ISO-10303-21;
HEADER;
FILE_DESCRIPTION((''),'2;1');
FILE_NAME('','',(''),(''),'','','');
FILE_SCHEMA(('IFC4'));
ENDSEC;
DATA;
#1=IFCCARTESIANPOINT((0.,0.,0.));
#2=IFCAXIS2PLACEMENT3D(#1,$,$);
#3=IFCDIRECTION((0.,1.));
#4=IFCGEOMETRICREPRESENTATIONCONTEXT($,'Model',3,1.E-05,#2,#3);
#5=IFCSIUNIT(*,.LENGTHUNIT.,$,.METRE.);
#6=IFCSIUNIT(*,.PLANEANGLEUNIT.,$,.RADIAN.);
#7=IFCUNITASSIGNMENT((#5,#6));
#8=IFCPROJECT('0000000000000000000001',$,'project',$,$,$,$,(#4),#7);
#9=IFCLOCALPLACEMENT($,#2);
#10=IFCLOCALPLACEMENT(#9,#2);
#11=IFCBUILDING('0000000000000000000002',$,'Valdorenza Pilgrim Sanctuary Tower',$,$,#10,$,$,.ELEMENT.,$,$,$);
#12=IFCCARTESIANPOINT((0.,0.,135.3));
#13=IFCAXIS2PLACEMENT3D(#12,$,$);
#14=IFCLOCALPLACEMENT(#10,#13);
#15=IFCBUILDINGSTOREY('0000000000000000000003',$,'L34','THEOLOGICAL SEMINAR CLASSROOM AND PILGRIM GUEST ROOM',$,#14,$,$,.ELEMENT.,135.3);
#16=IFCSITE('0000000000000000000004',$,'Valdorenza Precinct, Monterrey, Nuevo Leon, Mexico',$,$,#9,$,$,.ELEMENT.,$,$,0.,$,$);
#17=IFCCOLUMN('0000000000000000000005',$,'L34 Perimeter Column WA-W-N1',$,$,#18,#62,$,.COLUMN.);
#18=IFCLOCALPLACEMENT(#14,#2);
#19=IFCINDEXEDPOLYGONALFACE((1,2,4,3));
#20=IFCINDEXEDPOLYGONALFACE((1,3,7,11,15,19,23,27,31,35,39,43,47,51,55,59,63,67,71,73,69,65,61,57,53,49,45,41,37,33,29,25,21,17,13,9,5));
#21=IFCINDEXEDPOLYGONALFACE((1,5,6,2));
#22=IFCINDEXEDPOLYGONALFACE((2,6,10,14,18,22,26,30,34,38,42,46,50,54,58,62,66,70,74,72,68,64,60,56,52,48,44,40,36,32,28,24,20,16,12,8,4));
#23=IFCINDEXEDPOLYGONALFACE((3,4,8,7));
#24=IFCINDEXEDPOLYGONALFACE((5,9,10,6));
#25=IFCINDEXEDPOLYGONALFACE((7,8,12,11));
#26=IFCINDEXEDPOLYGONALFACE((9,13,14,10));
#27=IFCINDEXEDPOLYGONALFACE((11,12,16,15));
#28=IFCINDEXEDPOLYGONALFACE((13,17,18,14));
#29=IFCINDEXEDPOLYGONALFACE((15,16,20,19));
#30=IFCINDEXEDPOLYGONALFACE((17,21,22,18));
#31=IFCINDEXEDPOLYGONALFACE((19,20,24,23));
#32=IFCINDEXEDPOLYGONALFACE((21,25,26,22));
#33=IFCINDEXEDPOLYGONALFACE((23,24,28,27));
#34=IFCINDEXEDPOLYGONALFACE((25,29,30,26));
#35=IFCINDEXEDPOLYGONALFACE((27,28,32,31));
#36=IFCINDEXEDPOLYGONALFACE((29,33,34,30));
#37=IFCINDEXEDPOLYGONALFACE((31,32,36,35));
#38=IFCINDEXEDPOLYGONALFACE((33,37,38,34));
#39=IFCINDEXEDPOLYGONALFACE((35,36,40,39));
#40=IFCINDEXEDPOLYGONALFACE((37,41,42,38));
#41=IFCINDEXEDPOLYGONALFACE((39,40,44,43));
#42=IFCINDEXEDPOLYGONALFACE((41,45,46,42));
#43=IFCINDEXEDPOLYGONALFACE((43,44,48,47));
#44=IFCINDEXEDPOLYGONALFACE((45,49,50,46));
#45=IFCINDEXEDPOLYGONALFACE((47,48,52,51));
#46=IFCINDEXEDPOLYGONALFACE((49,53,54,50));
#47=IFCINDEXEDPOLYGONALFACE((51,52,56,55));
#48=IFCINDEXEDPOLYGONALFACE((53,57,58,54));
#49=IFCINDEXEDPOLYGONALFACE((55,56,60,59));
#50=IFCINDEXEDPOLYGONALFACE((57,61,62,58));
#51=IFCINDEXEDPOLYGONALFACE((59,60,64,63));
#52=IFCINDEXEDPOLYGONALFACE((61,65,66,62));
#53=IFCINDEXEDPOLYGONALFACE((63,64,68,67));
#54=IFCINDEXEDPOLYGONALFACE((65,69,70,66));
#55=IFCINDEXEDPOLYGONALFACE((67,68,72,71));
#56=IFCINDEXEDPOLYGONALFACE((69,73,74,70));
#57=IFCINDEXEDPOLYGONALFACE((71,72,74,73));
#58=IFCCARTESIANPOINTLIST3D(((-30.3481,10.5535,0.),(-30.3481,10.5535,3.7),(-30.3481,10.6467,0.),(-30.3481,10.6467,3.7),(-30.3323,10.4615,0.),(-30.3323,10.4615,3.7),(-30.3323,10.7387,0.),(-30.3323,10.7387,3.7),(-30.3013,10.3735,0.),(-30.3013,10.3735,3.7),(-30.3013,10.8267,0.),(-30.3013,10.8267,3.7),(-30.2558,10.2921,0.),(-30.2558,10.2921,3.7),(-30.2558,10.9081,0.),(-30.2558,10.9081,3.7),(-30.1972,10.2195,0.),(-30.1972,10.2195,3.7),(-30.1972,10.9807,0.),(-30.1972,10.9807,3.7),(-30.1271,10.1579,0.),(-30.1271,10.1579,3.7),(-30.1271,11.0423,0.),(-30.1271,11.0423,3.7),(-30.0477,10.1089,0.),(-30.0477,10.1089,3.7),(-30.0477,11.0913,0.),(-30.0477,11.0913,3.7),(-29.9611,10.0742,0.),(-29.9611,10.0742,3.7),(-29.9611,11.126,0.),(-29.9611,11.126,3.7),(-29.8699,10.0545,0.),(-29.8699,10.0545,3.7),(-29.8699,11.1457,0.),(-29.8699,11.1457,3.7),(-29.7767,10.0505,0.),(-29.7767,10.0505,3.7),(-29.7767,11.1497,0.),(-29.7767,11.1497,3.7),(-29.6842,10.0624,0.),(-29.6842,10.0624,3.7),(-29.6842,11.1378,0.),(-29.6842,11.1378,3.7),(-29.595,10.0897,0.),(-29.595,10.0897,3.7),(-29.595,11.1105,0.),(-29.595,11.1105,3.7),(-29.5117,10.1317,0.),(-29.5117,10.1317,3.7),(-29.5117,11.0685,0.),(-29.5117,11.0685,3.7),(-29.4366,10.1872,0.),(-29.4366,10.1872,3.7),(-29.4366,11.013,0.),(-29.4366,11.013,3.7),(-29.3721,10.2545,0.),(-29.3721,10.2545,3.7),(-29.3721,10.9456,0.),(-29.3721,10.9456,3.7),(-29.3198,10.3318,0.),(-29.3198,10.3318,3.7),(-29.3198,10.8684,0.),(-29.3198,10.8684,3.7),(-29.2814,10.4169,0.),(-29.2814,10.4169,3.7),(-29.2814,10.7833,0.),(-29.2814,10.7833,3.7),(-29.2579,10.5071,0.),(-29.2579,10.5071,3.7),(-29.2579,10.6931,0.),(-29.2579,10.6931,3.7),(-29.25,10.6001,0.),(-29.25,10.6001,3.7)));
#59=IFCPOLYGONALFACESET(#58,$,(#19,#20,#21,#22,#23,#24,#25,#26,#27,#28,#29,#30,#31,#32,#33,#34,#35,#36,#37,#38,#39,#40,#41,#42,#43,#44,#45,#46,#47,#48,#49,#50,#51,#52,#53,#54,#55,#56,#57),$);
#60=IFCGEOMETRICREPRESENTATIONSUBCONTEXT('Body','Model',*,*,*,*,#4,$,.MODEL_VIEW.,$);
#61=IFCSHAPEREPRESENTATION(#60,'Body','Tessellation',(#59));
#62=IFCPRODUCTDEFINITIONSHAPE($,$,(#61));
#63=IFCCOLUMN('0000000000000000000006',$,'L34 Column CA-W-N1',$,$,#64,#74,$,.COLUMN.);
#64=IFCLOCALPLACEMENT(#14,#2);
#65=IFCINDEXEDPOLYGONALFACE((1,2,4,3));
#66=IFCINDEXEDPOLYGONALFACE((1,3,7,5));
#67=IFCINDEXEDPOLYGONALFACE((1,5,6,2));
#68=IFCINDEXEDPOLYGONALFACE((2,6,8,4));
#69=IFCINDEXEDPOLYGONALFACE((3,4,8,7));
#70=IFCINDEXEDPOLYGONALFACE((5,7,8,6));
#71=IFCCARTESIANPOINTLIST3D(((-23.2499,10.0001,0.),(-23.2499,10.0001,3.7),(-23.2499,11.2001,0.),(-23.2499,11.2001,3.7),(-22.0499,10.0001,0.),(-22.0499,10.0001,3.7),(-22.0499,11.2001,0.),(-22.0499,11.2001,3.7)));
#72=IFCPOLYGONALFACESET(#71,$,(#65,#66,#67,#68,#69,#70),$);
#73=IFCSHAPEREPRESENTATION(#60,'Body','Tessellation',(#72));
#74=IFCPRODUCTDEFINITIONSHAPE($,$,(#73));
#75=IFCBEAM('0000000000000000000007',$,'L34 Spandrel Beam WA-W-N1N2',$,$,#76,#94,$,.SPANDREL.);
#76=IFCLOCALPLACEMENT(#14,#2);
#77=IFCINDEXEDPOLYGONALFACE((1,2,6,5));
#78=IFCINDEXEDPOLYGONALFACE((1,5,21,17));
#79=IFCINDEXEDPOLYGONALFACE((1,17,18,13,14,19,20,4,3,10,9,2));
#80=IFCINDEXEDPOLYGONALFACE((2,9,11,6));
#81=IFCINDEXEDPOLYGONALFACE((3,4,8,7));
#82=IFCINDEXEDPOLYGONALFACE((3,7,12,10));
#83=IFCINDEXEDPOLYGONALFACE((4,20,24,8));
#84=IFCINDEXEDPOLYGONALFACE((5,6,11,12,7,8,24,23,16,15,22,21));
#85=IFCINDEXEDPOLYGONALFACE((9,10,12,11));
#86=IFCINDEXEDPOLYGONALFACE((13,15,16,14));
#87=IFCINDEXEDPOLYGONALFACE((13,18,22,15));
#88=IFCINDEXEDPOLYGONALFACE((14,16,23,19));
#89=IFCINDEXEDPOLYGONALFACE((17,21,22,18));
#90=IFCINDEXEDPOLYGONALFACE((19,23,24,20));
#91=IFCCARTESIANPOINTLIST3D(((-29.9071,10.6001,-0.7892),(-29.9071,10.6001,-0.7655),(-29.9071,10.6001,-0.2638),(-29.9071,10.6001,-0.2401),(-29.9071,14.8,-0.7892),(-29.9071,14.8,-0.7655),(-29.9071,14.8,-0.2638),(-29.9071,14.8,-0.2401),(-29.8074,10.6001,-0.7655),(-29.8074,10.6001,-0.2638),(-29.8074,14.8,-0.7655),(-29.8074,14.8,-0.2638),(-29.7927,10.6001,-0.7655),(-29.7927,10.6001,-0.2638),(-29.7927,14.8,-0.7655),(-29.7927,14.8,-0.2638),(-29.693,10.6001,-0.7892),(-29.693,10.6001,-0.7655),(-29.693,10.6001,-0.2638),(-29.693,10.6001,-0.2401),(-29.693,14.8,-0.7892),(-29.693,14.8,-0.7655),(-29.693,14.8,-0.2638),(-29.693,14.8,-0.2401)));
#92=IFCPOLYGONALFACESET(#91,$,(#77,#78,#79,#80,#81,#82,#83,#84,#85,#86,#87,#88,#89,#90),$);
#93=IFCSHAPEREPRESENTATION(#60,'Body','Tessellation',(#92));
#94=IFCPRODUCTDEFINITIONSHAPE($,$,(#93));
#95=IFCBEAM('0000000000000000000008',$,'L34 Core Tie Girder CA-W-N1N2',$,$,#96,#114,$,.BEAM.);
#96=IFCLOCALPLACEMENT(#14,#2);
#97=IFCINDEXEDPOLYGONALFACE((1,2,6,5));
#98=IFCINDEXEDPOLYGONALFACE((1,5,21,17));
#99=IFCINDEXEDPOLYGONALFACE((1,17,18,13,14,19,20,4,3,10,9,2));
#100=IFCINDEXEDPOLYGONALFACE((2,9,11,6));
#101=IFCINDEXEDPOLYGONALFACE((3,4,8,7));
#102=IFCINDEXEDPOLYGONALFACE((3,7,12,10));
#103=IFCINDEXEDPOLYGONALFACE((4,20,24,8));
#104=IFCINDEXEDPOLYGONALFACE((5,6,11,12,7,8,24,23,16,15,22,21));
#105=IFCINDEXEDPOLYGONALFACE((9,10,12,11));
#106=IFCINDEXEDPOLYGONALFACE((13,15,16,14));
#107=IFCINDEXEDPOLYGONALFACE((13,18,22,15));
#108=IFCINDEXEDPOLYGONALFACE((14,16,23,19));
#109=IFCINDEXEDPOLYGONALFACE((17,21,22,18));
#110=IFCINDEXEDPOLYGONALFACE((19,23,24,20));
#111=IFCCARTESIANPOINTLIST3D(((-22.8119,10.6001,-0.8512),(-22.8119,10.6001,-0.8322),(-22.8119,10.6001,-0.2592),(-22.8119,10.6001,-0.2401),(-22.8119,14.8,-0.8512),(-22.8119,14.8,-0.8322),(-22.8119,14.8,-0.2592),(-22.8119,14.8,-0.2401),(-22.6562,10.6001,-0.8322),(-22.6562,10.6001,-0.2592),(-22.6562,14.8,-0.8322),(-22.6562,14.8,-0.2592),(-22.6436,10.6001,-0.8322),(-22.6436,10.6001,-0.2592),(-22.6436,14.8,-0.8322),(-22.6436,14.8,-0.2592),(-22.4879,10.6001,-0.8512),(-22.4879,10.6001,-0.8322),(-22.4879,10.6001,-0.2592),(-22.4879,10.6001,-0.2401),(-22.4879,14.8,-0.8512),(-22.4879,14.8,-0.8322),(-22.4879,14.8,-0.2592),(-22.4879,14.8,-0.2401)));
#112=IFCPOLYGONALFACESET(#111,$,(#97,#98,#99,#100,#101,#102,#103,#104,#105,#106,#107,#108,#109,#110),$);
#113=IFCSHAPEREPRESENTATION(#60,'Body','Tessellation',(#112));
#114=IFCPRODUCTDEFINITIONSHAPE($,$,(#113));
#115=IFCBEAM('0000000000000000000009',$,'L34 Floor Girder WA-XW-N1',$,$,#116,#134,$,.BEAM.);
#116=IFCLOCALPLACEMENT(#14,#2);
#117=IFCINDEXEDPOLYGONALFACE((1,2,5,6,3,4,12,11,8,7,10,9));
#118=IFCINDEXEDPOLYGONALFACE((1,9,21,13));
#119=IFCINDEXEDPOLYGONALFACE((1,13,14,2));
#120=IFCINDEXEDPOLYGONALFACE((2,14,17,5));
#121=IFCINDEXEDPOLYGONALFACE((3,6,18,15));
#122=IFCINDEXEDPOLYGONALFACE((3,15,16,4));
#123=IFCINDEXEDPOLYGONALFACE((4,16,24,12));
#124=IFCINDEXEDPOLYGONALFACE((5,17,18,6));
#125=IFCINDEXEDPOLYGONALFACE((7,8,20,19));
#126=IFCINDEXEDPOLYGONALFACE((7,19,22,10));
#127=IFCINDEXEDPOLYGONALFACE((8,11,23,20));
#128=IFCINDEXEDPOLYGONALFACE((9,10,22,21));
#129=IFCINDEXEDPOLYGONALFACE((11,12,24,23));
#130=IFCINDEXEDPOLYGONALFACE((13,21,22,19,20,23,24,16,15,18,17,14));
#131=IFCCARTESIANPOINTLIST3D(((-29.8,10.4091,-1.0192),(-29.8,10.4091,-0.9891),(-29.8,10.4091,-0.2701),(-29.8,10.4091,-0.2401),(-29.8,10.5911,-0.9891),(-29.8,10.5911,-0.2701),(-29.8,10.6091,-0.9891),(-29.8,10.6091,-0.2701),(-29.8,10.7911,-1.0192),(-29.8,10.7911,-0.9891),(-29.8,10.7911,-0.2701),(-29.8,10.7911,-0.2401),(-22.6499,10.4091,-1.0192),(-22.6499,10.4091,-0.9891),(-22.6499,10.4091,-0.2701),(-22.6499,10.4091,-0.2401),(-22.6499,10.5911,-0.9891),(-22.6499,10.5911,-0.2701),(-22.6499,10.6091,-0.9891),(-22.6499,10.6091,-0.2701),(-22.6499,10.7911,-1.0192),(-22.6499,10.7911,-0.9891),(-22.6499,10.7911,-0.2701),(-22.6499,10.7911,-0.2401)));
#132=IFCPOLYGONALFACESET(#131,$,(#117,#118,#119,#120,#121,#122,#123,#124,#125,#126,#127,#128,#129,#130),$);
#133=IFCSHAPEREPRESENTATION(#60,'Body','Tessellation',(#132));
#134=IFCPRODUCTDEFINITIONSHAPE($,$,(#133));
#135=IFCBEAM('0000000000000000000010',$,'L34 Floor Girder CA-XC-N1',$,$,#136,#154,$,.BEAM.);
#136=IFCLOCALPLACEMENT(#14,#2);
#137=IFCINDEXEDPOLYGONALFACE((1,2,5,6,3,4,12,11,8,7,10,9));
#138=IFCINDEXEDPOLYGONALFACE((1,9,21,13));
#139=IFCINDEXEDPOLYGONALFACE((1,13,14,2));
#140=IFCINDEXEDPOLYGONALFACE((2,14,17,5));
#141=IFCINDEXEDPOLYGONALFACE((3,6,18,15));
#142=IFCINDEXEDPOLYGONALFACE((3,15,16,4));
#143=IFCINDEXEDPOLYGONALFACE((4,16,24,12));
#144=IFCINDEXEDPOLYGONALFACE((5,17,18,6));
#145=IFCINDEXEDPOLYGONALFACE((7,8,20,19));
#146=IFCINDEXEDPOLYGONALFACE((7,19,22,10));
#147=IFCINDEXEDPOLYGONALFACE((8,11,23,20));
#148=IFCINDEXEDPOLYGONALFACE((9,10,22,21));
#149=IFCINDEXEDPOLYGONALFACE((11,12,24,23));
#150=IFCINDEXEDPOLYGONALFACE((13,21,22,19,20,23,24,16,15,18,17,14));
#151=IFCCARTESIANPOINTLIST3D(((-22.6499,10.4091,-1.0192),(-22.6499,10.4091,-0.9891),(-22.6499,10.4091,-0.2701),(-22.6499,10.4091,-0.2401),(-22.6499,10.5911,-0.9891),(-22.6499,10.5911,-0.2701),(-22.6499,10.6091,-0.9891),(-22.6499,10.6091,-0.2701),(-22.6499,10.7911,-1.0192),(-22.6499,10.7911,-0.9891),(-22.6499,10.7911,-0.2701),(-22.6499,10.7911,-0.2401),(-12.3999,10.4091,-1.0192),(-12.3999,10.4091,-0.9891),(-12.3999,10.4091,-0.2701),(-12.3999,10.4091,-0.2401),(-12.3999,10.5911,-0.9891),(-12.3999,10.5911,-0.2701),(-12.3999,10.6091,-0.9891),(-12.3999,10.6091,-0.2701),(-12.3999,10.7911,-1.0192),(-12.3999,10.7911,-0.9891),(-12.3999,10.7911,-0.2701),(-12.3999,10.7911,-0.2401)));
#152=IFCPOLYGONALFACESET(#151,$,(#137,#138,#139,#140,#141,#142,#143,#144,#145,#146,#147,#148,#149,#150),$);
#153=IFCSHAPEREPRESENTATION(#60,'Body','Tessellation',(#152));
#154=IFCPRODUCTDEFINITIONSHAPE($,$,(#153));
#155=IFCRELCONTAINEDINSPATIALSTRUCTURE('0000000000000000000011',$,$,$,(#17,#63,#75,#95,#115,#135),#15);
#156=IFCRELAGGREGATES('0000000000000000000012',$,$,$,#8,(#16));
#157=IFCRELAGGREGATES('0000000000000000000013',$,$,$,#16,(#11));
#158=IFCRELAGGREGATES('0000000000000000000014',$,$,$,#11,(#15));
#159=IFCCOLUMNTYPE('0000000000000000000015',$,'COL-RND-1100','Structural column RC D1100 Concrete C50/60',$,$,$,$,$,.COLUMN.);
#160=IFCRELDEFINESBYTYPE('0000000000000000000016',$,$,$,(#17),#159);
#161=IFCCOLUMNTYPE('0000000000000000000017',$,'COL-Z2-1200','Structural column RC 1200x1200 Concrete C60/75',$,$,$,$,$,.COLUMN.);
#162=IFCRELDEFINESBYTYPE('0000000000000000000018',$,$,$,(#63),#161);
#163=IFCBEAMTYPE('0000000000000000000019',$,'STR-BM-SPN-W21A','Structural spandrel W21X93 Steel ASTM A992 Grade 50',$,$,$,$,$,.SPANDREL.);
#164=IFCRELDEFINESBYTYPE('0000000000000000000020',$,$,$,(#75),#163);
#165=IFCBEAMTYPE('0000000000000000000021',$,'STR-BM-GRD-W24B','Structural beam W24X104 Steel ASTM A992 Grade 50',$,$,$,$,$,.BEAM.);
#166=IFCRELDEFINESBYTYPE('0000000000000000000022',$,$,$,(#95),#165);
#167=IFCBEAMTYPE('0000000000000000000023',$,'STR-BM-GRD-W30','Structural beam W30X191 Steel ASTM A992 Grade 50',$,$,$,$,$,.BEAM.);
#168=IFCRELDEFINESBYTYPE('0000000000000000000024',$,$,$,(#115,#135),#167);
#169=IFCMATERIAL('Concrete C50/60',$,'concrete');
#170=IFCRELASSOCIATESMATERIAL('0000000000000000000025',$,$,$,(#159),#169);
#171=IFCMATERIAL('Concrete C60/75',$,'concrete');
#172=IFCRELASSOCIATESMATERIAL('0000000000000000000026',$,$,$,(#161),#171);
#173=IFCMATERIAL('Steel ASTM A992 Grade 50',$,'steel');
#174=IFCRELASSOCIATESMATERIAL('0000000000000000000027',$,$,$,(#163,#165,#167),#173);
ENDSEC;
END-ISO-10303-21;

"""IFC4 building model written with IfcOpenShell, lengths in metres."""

from ifc_helpers import new_model, si_unit, direction, frame, origin, origin_2d, place, context, subcontext, project, spatial, rectangle, circle, i_section, extrude, source, transform, mapped, material, material_profile, profile_set, type_object, element, save


model = new_model("IFC4")

# Units and contexts
model_context = context("Model", 3, precision=1e-05, world=origin(), true_north=direction((0.0, 1.0)))
body_context = subcontext(model_context, "Body", "Model", "MODEL_VIEW")
ifc_project = project(units=[si_unit("LENGTHUNIT", "METRE"), si_unit("PLANEANGLEUNIT", "RADIAN")], contexts=[model_context])

# Site, building, storey
site_placement = place(None, origin())
site = spatial("IfcSite", under=ifc_project, at=site_placement, Name="Valdorenza Precinct, Monterrey, Nuevo Leon, Mexico", CompositionType="ELEMENT", RefElevation=0.0)
building_placement = place(site_placement, origin())
building = spatial("IfcBuilding", under=site, at=building_placement, Name="Valdorenza Pilgrim Sanctuary Tower", CompositionType="ELEMENT")
storey_placement = place(building_placement, frame((0.0, 0.0, 135.3)))
storey = spatial("IfcBuildingStorey", under=building, at=storey_placement, Name="L34", Description="THEOLOGICAL SEMINAR CLASSROOM AND PILGRIM GUEST ROOM", CompositionType="ELEMENT", Elevation=135.3)

# Columns
ifc_material_1 = material(Name="Concrete C50/60", Category="concrete")
ifc_material_profile_1 = material_profile(ifc_material_1, circle(Radius=0.55, at=origin_2d()), Name="RC D1100")
ifc_profile_set_1 = profile_set([ifc_material_profile_1], Name="Concrete C50/60")
column_type_1 = type_object("IfcColumnType", Name="COL-RND-1100", Description="Structural column RC D1100 Concrete C50/60", PredefinedType="COLUMN", material=ifc_profile_set_1)
shared_shape_1 = source(origin(), body_context, "Body", "SweptSolid", [
    extrude(circle(Radius=0.55, at=origin_2d()), origin(), (0.0, 0.0, 1.0), 3.7),
])
column_1_placement = place(storey_placement, frame((-29.8, 10.6001, 0.0), z_axis=(0.0, 0.0, 1.0), x_axis=(1.0, 0.0, 0.0)))
element("IfcColumn", 1, at=column_1_placement, inside=storey, type_object=column_type_1, Name="L34 Perimeter Column WA-W-N1", PredefinedType="COLUMN", context=body_context, shape_type="MappedRepresentation", body=[
    mapped(shared_shape_1, transform((0.0, 0.0, 0.0), x_axis=(1.0, 0.0, 0.0), y_axis=(0.0, 1.0, 0.0), z_axis=(0.0, 0.0, 1.0), scale=1.0)),
])
ifc_material_2 = material(Name="Concrete C60/75", Category="concrete")
ifc_material_profile_2 = material_profile(ifc_material_2, rectangle(XDim=1.2, YDim=1.2, at=origin_2d()), Name="RC 1200x1200")
ifc_profile_set_2 = profile_set([ifc_material_profile_2], Name="Concrete C60/75")
column_type_2 = type_object("IfcColumnType", Name="COL-Z2-1200", Description="Structural column RC 1200x1200 Concrete C60/75", PredefinedType="COLUMN", material=ifc_profile_set_2)
shared_shape_2 = source(origin(), body_context, "Body", "SweptSolid", [
    extrude(rectangle(XDim=1.2, YDim=1.2, at=origin_2d()), origin(), (0.0, 0.0, 1.0), 3.7),
])
column_2_placement = place(storey_placement, frame((-22.6499, 10.6001, 0.0), z_axis=(0.0, 0.0, 1.0), x_axis=(1.0, 0.0, 0.0)))
element("IfcColumn", 2, at=column_2_placement, inside=storey, type_object=column_type_2, Name="L34 Column CA-W-N1", PredefinedType="COLUMN", context=body_context, shape_type="MappedRepresentation", body=[
    mapped(shared_shape_2, transform((0.0, 0.0, 0.0), x_axis=(1.0, 0.0, 0.0), y_axis=(0.0, 1.0, 0.0), z_axis=(0.0, 0.0, 1.0), scale=1.0)),
])

# Beams
ifc_material_3 = material(Name="Steel ASTM A992 Grade 50", Category="steel")
ifc_material_profile_3 = material_profile(ifc_material_3, i_section(OverallWidth=0.2141, OverallDepth=0.5491, WebThickness=0.0146, FlangeThickness=0.0237, at=origin_2d()), Name="W21X93")
ifc_profile_set_3 = profile_set([ifc_material_profile_3], Name="Steel ASTM A992 Grade 50")
beam_type_1 = type_object("IfcBeamType", Name="STR-BM-SPN-W21A", Description="Structural spandrel W21X93 Steel ASTM A992 Grade 50", PredefinedType="SPANDREL", material=ifc_profile_set_3)
shared_shape_3 = source(origin(), body_context, "Body", "SweptSolid", [
    extrude(i_section(OverallWidth=0.2141, OverallDepth=0.5491, WebThickness=0.0146, FlangeThickness=0.0237, at=origin_2d()), origin(), (0.0, 0.0, 1.0), 4.2),
])
beam_1_placement = place(storey_placement, frame((-29.8, 10.6001, -0.5146), z_axis=(0.0, 1.0, 0.0), x_axis=(-1.0, 0.0, 0.0)))
element("IfcBeam", 3, at=beam_1_placement, inside=storey, type_object=beam_type_1, Name="L34 Spandrel Beam WA-W-N1N2", PredefinedType="SPANDREL", context=body_context, shape_type="MappedRepresentation", body=[
    mapped(shared_shape_3, transform((0.0, 0.0, 0.0), x_axis=(1.0, 0.0, 0.0), y_axis=(0.0, 1.0, 0.0), z_axis=(0.0, 0.0, 1.0), scale=1.0)),
])
ifc_material_profile_4 = material_profile(ifc_material_3, i_section(OverallWidth=0.324, OverallDepth=0.6111, WebThickness=0.0127, FlangeThickness=0.019, at=origin_2d()), Name="W24X104")
ifc_profile_set_4 = profile_set([ifc_material_profile_4], Name="Steel ASTM A992 Grade 50")
beam_type_2 = type_object("IfcBeamType", Name="STR-BM-GRD-W24B", Description="Structural beam W24X104 Steel ASTM A992 Grade 50", PredefinedType="BEAM", material=ifc_profile_set_4)
shared_shape_4 = source(origin(), body_context, "Body", "SweptSolid", [
    extrude(i_section(OverallWidth=0.324, OverallDepth=0.6111, WebThickness=0.0127, FlangeThickness=0.019, at=origin_2d()), origin(), (0.0, 0.0, 1.0), 4.2),
])
beam_2_placement = place(storey_placement, frame((-22.6499, 10.6001, -0.5457), z_axis=(0.0, 1.0, 0.0), x_axis=(-1.0, 0.0, 0.0)))
element("IfcBeam", 4, at=beam_2_placement, inside=storey, type_object=beam_type_2, Name="L34 Core Tie Girder CA-W-N1N2", PredefinedType="BEAM", context=body_context, shape_type="MappedRepresentation", body=[
    mapped(shared_shape_4, transform((0.0, 0.0, 0.0), x_axis=(1.0, 0.0, 0.0), y_axis=(0.0, 1.0, 0.0), z_axis=(0.0, 0.0, 1.0), scale=1.0)),
])
ifc_material_profile_5 = material_profile(ifc_material_3, i_section(OverallWidth=0.3821, OverallDepth=0.7791, WebThickness=0.0181, FlangeThickness=0.03, at=origin_2d()), Name="W30X191")
ifc_profile_set_5 = profile_set([ifc_material_profile_5], Name="Steel ASTM A992 Grade 50")
beam_type_3 = type_object("IfcBeamType", Name="STR-BM-GRD-W30", Description="Structural beam W30X191 Steel ASTM A992 Grade 50", PredefinedType="BEAM", material=ifc_profile_set_5)
shared_shape_5 = source(origin(), body_context, "Body", "SweptSolid", [
    extrude(i_section(OverallWidth=0.3821, OverallDepth=0.7791, WebThickness=0.0181, FlangeThickness=0.03, at=origin_2d()), origin(), (0.0, 0.0, 1.0), 7.1501),
])
beam_3_placement = place(storey_placement, frame((-29.8, 10.6001, -0.6296), z_axis=(1.0, 0.0, 0.0), x_axis=(0.0, 1.0, 0.0)))
element("IfcBeam", 5, at=beam_3_placement, inside=storey, type_object=beam_type_3, Name="L34 Floor Girder WA-XW-N1", PredefinedType="BEAM", context=body_context, shape_type="MappedRepresentation", body=[
    mapped(shared_shape_5, transform((0.0, 0.0, 0.0), x_axis=(1.0, 0.0, 0.0), y_axis=(0.0, 1.0, 0.0), z_axis=(0.0, 0.0, 1.0), scale=1.0)),
])
shared_shape_6 = source(origin(), body_context, "Body", "SweptSolid", [
    extrude(i_section(OverallWidth=0.3821, OverallDepth=0.7791, WebThickness=0.0181, FlangeThickness=0.03, at=origin_2d()), origin(), (0.0, 0.0, 1.0), 10.25),
])
beam_4_placement = place(storey_placement, frame((-22.6499, 10.6001, -0.6296), z_axis=(1.0, 0.0, 0.0), x_axis=(0.0, 1.0, 0.0)))
element("IfcBeam", 6, at=beam_4_placement, inside=storey, type_object=beam_type_3, Name="L34 Floor Girder CA-XC-N1", PredefinedType="BEAM", context=body_context, shape_type="MappedRepresentation", body=[
    mapped(shared_shape_6, transform((0.0, 0.0, 0.0), x_axis=(1.0, 0.0, 0.0), y_axis=(0.0, 1.0, 0.0), z_axis=(0.0, 0.0, 1.0), scale=1.0)),
])

save(model, "model.ifc")
